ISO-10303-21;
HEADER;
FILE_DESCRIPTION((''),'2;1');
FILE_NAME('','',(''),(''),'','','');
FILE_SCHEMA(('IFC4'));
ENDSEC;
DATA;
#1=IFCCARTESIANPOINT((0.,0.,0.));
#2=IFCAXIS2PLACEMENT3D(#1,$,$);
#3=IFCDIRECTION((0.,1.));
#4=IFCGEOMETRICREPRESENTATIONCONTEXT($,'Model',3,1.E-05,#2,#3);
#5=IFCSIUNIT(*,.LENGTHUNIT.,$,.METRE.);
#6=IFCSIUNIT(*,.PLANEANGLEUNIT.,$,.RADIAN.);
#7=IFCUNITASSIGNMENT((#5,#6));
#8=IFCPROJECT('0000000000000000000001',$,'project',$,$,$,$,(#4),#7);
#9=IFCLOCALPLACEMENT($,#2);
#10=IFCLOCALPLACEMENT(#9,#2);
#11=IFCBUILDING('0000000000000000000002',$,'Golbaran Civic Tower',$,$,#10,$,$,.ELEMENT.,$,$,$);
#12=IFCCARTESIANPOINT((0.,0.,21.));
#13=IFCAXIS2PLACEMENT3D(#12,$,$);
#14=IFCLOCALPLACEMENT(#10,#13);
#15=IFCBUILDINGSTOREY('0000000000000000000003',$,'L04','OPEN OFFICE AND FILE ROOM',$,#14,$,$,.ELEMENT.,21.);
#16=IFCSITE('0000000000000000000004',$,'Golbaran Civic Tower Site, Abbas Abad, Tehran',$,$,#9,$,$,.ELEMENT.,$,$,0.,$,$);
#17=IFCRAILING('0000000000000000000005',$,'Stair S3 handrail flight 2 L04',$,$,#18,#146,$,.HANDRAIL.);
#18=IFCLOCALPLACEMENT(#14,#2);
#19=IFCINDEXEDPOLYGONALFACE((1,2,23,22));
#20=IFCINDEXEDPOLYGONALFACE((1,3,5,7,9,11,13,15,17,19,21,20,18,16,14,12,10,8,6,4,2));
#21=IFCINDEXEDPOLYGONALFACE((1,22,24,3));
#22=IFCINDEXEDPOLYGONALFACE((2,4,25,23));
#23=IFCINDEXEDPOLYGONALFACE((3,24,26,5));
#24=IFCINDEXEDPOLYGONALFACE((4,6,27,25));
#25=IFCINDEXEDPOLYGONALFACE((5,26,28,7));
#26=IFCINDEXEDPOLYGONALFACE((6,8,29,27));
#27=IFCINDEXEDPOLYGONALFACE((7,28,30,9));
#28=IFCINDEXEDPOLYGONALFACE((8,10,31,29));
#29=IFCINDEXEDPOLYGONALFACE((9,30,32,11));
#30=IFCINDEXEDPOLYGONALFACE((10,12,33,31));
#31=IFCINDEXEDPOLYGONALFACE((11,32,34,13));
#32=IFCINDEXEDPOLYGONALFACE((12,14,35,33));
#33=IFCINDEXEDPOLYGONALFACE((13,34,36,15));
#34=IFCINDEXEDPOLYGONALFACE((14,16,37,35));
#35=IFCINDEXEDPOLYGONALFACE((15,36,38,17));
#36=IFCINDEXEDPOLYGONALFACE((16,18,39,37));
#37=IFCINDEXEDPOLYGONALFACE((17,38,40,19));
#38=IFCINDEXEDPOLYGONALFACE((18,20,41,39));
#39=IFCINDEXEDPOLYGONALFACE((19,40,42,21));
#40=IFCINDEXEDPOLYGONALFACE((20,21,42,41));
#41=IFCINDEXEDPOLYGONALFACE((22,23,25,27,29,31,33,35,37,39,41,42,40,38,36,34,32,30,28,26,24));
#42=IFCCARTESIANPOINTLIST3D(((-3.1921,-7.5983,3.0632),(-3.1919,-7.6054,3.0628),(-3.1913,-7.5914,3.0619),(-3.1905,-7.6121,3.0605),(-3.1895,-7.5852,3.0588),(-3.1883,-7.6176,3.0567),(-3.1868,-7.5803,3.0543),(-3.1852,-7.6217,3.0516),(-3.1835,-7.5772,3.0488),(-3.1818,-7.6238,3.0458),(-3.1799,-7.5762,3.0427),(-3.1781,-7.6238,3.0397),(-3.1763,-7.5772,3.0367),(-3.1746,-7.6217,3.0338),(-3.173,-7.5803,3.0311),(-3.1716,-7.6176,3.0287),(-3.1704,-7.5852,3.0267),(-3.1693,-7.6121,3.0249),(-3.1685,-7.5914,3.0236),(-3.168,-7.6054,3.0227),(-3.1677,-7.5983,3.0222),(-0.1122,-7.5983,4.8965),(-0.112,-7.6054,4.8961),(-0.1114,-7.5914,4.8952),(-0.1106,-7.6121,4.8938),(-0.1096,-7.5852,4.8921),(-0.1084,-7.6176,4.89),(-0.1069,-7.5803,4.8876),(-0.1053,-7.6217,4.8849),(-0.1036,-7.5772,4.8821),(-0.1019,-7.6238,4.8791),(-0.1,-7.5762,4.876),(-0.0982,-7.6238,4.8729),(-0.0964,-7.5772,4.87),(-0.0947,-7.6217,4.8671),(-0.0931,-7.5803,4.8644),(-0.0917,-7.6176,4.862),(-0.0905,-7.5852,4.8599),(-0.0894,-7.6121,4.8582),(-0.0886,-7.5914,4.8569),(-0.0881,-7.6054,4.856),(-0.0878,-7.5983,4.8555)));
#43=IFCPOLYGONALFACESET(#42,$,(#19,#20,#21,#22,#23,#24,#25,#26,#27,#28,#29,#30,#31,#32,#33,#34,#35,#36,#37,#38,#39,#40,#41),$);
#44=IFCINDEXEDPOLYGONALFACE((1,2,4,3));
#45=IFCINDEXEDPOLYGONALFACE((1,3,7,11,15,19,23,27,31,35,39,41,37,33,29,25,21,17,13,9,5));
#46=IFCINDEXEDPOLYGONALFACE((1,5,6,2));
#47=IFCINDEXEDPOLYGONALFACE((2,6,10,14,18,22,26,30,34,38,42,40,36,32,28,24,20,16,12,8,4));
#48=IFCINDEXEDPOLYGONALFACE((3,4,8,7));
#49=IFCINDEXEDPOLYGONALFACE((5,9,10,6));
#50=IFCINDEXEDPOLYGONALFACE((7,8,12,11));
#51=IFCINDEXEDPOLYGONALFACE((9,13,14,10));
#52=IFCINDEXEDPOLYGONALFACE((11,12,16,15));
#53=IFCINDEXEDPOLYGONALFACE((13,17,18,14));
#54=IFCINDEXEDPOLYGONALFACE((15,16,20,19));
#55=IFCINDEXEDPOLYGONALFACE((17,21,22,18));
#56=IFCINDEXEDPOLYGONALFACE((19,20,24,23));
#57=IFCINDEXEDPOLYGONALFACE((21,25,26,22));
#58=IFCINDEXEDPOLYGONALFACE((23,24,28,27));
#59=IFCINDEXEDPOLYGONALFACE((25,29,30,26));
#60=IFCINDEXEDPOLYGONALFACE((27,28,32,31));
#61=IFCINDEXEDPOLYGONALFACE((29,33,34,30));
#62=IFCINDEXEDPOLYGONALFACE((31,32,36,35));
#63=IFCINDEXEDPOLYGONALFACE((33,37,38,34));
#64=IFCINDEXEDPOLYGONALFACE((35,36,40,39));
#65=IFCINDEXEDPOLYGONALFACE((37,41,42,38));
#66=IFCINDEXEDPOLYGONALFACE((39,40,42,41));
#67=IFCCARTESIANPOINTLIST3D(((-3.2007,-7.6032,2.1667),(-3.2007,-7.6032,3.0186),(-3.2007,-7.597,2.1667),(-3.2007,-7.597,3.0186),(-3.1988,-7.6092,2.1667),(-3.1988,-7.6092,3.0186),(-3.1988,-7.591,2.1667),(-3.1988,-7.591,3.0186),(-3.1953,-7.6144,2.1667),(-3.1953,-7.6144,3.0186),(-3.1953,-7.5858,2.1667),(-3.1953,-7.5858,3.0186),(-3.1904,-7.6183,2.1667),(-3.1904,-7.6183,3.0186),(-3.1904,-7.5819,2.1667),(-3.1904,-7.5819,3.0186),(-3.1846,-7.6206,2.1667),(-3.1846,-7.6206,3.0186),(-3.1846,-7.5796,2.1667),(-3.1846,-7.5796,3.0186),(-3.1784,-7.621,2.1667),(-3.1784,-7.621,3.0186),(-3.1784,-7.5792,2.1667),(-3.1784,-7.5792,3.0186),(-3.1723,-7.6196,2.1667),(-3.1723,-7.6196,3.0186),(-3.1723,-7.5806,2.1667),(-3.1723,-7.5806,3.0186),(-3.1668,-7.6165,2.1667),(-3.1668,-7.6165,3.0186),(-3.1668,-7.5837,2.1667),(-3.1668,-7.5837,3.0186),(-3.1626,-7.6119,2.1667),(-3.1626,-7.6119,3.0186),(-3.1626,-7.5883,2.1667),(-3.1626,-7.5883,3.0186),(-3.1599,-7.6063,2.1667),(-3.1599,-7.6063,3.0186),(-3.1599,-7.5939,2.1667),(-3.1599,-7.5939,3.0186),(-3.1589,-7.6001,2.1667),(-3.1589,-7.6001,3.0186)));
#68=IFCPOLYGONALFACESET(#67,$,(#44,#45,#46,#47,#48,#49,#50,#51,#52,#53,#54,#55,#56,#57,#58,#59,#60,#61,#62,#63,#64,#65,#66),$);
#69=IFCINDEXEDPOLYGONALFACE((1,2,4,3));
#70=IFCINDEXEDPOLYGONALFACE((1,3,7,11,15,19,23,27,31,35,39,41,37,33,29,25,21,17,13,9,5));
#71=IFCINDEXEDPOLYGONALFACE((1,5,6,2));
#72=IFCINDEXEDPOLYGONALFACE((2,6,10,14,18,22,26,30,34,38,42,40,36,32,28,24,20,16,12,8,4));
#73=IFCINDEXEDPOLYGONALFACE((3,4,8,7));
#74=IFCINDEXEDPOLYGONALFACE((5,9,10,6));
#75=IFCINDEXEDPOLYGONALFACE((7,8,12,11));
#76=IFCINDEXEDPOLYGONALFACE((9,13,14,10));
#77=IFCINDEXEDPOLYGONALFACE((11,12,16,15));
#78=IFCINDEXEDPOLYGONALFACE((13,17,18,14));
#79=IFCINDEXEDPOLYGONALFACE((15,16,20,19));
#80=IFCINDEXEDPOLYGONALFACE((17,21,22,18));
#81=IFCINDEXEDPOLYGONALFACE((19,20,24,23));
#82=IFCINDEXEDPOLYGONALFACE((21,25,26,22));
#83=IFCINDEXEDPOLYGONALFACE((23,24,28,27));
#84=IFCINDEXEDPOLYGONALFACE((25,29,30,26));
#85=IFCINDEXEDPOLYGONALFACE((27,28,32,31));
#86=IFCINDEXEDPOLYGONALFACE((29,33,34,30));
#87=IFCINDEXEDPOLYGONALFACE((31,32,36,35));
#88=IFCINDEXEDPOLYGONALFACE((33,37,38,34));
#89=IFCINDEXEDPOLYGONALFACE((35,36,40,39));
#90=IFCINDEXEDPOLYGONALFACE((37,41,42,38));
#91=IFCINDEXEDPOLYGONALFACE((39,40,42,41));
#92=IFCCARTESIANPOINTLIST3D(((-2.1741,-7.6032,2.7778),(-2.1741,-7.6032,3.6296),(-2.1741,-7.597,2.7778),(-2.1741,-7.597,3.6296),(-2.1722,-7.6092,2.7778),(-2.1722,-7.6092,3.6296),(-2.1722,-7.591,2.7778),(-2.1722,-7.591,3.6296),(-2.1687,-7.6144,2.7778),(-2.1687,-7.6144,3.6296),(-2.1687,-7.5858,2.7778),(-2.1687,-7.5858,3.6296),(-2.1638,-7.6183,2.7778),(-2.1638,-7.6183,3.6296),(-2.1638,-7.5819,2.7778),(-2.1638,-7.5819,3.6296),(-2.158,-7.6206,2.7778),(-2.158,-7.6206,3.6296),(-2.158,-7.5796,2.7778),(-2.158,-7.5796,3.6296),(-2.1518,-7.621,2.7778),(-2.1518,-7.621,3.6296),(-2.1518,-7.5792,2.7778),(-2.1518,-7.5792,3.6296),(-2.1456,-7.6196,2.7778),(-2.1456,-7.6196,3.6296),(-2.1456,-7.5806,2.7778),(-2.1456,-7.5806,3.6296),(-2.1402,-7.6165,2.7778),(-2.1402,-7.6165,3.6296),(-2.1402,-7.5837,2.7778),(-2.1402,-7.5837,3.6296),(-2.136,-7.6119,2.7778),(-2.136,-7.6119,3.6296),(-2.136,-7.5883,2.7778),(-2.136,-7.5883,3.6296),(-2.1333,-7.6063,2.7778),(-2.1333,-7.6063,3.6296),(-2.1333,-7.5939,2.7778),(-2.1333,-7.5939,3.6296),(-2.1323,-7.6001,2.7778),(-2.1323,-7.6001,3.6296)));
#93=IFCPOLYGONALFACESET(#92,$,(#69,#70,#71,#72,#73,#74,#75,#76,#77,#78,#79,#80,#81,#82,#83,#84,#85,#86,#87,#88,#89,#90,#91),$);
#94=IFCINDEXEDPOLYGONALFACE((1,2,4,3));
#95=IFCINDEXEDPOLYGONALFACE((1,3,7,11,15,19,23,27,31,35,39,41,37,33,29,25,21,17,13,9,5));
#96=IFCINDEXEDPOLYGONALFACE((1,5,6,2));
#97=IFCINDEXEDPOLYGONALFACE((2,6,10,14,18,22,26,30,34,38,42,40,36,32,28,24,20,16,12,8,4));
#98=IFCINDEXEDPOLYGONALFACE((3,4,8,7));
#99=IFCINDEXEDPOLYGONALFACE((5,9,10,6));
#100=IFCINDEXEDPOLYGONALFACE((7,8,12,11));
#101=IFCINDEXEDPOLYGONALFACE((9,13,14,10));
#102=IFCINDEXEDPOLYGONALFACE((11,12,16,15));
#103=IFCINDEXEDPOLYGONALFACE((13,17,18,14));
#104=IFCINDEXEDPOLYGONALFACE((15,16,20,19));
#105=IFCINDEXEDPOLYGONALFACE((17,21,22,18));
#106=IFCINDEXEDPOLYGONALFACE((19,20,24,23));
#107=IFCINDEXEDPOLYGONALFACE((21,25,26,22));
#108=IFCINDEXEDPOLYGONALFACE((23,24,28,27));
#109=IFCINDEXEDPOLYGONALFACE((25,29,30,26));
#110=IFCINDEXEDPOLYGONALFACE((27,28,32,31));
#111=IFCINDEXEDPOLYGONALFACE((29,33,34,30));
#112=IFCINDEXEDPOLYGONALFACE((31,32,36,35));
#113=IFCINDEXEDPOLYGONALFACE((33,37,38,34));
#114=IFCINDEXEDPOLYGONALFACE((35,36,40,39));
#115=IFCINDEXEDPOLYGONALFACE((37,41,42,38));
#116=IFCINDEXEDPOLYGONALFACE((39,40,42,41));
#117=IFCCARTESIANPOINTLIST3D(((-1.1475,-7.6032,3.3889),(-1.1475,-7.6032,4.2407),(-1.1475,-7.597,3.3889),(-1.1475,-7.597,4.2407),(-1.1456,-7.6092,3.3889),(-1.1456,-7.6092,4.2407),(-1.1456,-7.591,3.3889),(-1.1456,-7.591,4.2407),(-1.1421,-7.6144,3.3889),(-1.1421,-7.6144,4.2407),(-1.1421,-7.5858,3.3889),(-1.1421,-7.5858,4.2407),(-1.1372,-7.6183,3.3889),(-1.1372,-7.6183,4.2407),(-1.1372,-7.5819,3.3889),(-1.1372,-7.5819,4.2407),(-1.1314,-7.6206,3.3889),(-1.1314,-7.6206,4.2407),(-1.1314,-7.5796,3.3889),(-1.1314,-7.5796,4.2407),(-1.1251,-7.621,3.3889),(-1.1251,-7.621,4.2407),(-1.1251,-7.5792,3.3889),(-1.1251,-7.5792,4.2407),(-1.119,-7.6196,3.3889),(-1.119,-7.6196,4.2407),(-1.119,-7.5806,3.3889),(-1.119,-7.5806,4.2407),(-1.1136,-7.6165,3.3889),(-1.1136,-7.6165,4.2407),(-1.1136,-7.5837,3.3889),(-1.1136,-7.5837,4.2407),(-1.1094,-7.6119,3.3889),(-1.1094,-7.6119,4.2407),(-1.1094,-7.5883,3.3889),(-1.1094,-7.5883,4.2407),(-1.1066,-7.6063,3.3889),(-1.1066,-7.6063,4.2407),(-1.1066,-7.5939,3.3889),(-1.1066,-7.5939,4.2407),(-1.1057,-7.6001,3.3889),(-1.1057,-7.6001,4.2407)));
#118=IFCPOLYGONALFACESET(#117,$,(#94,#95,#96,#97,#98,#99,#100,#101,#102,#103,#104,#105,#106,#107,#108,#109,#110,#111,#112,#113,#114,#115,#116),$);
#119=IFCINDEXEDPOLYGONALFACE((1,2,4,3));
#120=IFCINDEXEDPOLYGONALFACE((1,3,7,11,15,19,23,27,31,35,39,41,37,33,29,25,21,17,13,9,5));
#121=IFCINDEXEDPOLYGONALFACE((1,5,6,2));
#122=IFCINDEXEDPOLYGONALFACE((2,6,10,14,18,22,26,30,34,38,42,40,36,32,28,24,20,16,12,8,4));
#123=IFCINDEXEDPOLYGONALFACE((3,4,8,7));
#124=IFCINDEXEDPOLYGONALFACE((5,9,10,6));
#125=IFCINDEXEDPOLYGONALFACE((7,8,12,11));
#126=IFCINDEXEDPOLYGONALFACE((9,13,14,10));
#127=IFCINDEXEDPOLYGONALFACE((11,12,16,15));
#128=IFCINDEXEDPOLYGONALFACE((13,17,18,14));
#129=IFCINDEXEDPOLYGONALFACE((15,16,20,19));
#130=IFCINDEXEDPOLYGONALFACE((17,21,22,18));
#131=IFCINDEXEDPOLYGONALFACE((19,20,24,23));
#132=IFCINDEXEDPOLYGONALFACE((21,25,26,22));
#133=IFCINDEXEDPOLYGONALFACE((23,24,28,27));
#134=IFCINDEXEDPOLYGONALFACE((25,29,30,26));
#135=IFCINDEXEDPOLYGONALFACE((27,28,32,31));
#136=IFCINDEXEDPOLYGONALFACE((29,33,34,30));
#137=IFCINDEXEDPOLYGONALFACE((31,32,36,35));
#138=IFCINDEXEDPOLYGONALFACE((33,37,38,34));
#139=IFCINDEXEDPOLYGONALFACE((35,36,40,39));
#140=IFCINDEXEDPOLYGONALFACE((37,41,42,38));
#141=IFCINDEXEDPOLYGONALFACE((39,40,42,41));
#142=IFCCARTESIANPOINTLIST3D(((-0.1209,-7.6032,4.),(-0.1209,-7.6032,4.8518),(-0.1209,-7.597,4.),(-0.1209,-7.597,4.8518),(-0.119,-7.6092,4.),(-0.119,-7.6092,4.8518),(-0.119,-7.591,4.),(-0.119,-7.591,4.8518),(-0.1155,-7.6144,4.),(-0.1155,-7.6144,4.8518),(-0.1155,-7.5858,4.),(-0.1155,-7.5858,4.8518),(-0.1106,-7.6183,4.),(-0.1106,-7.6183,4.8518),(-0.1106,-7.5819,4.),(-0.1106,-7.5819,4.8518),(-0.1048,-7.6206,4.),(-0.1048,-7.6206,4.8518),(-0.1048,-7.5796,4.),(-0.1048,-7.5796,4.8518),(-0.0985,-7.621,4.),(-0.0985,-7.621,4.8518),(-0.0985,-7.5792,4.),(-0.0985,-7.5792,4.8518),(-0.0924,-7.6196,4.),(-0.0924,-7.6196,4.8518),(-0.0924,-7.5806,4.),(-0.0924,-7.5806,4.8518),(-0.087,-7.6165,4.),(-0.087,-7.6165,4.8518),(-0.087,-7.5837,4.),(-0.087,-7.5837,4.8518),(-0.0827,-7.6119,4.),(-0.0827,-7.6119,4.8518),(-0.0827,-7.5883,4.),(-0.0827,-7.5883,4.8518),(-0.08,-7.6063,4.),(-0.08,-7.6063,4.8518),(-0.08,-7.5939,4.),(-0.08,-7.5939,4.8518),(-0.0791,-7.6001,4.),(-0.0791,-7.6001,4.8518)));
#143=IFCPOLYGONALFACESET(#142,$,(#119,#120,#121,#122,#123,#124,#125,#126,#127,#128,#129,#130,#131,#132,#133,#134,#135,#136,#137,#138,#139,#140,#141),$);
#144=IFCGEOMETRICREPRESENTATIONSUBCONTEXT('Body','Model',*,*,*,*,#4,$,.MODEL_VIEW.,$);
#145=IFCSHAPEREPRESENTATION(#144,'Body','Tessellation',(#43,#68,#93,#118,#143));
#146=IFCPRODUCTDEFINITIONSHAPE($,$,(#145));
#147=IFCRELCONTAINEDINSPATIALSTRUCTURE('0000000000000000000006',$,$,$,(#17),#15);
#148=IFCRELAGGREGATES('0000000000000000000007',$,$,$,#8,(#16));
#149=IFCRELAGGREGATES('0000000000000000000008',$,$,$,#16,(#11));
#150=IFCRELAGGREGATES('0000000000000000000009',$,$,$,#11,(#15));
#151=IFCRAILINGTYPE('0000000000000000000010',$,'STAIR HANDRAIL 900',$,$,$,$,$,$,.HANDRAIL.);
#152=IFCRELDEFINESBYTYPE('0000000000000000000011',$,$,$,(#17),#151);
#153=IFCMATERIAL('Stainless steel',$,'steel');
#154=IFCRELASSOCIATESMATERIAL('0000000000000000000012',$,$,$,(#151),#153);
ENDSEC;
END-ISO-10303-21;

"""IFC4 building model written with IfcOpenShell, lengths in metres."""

from ifc_helpers import new_model, si_unit, direction, frame, origin, origin_2d, place, context, subcontext, project, spatial, circle, extrude, material, type_object, element, save


model = new_model("IFC4")

# Units and contexts
model_context = context("Model", 3, precision=1e-05, world=origin(), true_north=direction((0.0, 1.0)))
body_context = subcontext(model_context, "Body", "Model", "MODEL_VIEW")
ifc_project = project(units=[si_unit("LENGTHUNIT", "METRE"), si_unit("PLANEANGLEUNIT", "RADIAN")], contexts=[model_context])

# Site, building, storey
site_placement = place(None, origin())
site = spatial("IfcSite", under=ifc_project, at=site_placement, Name="Golbaran Civic Tower Site, Abbas Abad, Tehran", CompositionType="ELEMENT", RefElevation=0.0)
building_placement = place(site_placement, origin())
building = spatial("IfcBuilding", under=site, at=building_placement, Name="Golbaran Civic Tower", CompositionType="ELEMENT")
storey_placement = place(building_placement, frame((0.0, 0.0, 21.0)))
storey = spatial("IfcBuildingStorey", under=building, at=storey_placement, Name="L04", Description="OPEN OFFICE AND FILE ROOM", CompositionType="ELEMENT", Elevation=21.0)

# Shared definitions
ifc_material_1 = material(Name="Stainless steel", Category="steel")

# Railing
railing_type = type_object("IfcRailingType", Name="STAIR HANDRAIL 900", PredefinedType="HANDRAIL", material=ifc_material_1)
railing_1_placement = place(storey_placement, frame((-3.1799, -7.6001, 2.1667)))
element("IfcRailing", 1, at=railing_1_placement, inside=storey, type_object=railing_type, Name="Stair S3 handrail flight 2 L04", PredefinedType="HANDRAIL", context=body_context, shape_type="SweptSolid", body=[
    extrude(circle(Radius=0.0239, at=origin_2d()), frame((0.0, 0.0, 0.876), z_axis=(0.859291, 0.0, 0.511487), x_axis=(0.0, 1.0, 0.0)), (0.0, 0.0, 1.0), 3.5842),
    extrude(circle(Radius=0.021, at=origin_2d()), origin(), (0.0, 0.0, 1.0), 0.8518),
    extrude(circle(Radius=0.021, at=origin_2d()), frame((1.0266, 0.0, 0.6111)), (0.0, 0.0, 1.0), 0.8518),
    extrude(circle(Radius=0.021, at=origin_2d()), frame((2.0532, 0.0, 1.2222)), (0.0, 0.0, 1.0), 0.8518),
    extrude(circle(Radius=0.021, at=origin_2d()), frame((3.0798, 0.0, 1.8333)), (0.0, 0.0, 1.0), 0.8518),
])

save(model, "model.ifc")
